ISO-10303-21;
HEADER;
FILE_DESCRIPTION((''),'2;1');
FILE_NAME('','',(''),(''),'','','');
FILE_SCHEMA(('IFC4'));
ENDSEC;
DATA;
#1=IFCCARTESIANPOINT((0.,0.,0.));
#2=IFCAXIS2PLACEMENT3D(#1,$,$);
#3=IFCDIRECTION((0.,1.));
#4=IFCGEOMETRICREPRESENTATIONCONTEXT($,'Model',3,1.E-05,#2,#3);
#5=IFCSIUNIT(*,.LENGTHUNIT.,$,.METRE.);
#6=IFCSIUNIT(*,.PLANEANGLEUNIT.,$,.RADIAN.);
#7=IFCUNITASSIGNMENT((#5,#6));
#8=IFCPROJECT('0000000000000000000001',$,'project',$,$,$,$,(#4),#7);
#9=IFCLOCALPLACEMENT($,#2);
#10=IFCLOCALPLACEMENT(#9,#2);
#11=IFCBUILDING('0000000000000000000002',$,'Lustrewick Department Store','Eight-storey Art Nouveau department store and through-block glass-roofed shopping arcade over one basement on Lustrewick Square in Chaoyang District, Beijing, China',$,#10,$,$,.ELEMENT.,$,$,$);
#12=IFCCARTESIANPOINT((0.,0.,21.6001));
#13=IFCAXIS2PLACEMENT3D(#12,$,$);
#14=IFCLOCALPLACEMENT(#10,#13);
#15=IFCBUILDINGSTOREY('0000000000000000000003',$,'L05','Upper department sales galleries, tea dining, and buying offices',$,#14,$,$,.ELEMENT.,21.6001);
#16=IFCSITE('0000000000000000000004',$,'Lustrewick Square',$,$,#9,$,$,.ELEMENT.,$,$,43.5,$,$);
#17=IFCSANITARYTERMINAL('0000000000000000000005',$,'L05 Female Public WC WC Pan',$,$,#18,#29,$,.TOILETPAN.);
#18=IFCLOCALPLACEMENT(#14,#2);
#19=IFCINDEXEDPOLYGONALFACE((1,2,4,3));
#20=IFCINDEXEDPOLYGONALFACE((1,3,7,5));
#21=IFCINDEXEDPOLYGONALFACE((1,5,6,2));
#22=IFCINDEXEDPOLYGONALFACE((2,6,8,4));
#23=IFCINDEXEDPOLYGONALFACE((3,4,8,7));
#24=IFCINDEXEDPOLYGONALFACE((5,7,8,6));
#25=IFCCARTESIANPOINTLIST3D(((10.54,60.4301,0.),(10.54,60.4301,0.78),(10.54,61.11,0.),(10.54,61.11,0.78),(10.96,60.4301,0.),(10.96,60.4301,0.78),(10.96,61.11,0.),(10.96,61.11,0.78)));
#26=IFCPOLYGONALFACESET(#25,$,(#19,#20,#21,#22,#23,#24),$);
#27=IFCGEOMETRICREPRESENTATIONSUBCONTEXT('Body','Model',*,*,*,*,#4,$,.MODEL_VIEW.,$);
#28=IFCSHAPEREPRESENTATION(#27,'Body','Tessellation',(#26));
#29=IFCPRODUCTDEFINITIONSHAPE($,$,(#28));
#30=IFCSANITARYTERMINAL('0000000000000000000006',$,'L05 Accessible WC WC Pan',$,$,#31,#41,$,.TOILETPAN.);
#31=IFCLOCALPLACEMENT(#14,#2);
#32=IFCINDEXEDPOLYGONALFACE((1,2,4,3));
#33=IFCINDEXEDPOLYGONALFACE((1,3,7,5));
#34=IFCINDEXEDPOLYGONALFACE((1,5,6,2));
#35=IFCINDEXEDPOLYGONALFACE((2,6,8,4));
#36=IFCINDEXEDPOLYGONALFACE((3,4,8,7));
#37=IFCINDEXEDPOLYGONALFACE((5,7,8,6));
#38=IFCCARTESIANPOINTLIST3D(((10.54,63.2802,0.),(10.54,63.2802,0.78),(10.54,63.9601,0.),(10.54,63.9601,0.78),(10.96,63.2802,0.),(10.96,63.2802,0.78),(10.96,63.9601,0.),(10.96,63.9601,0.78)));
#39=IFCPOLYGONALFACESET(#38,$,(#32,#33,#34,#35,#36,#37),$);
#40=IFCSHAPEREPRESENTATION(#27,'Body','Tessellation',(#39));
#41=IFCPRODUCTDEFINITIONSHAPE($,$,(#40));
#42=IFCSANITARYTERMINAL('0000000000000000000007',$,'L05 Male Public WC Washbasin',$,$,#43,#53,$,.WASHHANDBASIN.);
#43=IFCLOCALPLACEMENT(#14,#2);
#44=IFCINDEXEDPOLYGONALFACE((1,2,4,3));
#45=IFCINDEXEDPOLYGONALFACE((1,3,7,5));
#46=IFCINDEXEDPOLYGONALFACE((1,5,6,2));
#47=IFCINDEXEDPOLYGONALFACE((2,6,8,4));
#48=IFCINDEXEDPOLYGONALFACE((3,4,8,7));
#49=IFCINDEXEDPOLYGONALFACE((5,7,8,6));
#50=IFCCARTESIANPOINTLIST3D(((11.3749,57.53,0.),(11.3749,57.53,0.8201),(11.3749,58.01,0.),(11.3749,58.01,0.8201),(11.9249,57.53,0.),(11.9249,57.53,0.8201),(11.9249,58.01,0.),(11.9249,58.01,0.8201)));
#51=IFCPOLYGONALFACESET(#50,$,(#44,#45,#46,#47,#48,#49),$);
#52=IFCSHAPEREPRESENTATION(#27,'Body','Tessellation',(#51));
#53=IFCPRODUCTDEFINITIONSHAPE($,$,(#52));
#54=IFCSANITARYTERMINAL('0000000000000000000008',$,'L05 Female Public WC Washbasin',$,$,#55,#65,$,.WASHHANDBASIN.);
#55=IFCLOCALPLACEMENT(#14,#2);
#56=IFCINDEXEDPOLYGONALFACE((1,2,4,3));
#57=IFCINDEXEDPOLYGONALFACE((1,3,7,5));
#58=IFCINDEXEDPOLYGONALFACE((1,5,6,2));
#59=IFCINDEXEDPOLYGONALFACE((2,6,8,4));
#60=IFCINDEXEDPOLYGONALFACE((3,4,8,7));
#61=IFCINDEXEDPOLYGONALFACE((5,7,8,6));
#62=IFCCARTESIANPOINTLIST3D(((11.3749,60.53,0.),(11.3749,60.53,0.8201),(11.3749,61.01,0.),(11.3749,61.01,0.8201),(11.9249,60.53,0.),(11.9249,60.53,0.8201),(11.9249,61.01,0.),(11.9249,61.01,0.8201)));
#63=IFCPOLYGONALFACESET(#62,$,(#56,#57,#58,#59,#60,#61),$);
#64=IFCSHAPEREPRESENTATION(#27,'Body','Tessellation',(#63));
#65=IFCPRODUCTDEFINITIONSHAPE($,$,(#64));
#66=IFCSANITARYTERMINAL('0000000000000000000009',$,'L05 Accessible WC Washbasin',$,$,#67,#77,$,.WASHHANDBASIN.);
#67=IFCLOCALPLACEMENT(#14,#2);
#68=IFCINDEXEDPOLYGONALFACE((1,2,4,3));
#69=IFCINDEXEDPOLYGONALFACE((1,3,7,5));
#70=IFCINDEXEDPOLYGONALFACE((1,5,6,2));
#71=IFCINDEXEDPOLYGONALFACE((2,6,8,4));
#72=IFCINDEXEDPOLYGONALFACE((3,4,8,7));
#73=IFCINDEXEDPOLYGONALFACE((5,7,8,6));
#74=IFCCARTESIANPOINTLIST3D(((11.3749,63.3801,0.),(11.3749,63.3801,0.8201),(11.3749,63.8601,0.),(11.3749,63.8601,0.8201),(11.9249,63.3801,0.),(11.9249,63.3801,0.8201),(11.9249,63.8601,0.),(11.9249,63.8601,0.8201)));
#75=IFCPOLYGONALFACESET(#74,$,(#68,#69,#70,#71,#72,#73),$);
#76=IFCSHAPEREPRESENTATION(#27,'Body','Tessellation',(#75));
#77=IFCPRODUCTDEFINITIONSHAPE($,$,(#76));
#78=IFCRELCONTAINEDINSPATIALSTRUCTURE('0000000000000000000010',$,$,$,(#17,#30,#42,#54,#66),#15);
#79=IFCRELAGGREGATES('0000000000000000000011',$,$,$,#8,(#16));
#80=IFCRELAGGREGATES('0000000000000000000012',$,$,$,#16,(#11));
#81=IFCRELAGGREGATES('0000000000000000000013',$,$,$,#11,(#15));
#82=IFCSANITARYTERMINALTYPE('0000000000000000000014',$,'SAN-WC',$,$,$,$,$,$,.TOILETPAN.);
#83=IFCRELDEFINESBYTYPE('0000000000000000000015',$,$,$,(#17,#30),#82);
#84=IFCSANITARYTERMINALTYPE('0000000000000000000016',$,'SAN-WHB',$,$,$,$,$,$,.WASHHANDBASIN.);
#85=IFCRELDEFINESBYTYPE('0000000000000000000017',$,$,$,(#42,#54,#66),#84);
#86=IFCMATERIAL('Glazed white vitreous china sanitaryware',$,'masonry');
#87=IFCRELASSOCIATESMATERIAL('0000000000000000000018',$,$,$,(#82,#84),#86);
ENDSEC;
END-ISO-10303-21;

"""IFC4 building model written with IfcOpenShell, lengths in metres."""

from ifc_helpers import new_model, si_unit, direction, frame, origin, origin_2d, place, context, subcontext, project, spatial, rectangle, extrude, material, type_object, element, save


model = new_model("IFC4")

# Units and contexts
model_context = context("Model", 3, precision=1e-05, world=origin(), true_north=direction((0.0, 1.0)))
body_context = subcontext(model_context, "Body", "Model", "MODEL_VIEW")
ifc_project = project(units=[si_unit("LENGTHUNIT", "METRE"), si_unit("PLANEANGLEUNIT", "RADIAN")], contexts=[model_context])

# Site, building, storey
site_placement = place(None, origin())
site = spatial("IfcSite", under=ifc_project, at=site_placement, Name="Lustrewick Square", CompositionType="ELEMENT", RefElevation=43.5)
building_placement = place(site_placement, origin())
building = spatial("IfcBuilding", under=site, at=building_placement, Name="Lustrewick Department Store", Description="Eight-storey Art Nouveau department store and through-block glass-roofed shopping arcade over one basement on Lustrewick Square in Chaoyang District, Beijing, China", CompositionType="ELEMENT")
storey_placement = place(building_placement, frame((0.0, 0.0, 21.6001)))
storey = spatial("IfcBuildingStorey", under=building, at=storey_placement, Name="L05", Description="Upper department sales galleries, tea dining, and buying offices", CompositionType="ELEMENT", Elevation=21.6001)

# Sanitary terminals
ifc_material_1 = material(Name="Glazed white vitreous china sanitaryware", Category="masonry")
sanitary_terminal_type_1 = type_object("IfcSanitaryTerminalType", Name="SAN-WC", PredefinedType="TOILETPAN", material=ifc_material_1)
for number, where, z_axis, x_axis, name in (
    (1, (10.75, 60.77, 0.0), (0.0, 0.0, 1.0), (1.0, 0.0, 0.0), "L05 Female Public WC WC Pan"),
    (2, (10.75, 63.6201, 0.0), (0.0, 0.0, 1.0), (1.0, 0.0, 0.0), "L05 Accessible WC WC Pan"),
):
    element("IfcSanitaryTerminal", number, at=place(storey_placement, frame(where, z_axis=z_axis, x_axis=x_axis)), inside=storey, type_object=sanitary_terminal_type_1, Name=name, PredefinedType="TOILETPAN", context=body_context, shape_type="SweptSolid", body=[
        extrude(rectangle(XDim=0.4199, YDim=0.6799, at=origin_2d()), origin(), (0.0, 0.0, 1.0), 0.78),
    ])
sanitary_terminal_type_2 = type_object("IfcSanitaryTerminalType", Name="SAN-WHB", PredefinedType="WASHHANDBASIN", material=ifc_material_1)
for number, where, z_axis, x_axis, name in (
    (3, (11.6499, 57.77, 0.0), (0.0, 0.0, 1.0), (1.0, 0.0, 0.0), "L05 Male Public WC Washbasin"),
    (4, (11.6499, 60.77, 0.0), (0.0, 0.0, 1.0), (1.0, 0.0, 0.0), "L05 Female Public WC Washbasin"),
    (5, (11.6499, 63.6201, 0.0), (0.0, 0.0, 1.0), (1.0, 0.0, 0.0), "L05 Accessible WC Washbasin"),
):
    element("IfcSanitaryTerminal", number, at=place(storey_placement, frame(where, z_axis=z_axis, x_axis=x_axis)), inside=storey, type_object=sanitary_terminal_type_2, Name=name, PredefinedType="WASHHANDBASIN", context=body_context, shape_type="SweptSolid", body=[
        extrude(rectangle(XDim=0.55, YDim=0.48, at=origin_2d()), origin(), (0.0, 0.0, 1.0), 0.8201),
    ])

save(model, "model.ifc")
